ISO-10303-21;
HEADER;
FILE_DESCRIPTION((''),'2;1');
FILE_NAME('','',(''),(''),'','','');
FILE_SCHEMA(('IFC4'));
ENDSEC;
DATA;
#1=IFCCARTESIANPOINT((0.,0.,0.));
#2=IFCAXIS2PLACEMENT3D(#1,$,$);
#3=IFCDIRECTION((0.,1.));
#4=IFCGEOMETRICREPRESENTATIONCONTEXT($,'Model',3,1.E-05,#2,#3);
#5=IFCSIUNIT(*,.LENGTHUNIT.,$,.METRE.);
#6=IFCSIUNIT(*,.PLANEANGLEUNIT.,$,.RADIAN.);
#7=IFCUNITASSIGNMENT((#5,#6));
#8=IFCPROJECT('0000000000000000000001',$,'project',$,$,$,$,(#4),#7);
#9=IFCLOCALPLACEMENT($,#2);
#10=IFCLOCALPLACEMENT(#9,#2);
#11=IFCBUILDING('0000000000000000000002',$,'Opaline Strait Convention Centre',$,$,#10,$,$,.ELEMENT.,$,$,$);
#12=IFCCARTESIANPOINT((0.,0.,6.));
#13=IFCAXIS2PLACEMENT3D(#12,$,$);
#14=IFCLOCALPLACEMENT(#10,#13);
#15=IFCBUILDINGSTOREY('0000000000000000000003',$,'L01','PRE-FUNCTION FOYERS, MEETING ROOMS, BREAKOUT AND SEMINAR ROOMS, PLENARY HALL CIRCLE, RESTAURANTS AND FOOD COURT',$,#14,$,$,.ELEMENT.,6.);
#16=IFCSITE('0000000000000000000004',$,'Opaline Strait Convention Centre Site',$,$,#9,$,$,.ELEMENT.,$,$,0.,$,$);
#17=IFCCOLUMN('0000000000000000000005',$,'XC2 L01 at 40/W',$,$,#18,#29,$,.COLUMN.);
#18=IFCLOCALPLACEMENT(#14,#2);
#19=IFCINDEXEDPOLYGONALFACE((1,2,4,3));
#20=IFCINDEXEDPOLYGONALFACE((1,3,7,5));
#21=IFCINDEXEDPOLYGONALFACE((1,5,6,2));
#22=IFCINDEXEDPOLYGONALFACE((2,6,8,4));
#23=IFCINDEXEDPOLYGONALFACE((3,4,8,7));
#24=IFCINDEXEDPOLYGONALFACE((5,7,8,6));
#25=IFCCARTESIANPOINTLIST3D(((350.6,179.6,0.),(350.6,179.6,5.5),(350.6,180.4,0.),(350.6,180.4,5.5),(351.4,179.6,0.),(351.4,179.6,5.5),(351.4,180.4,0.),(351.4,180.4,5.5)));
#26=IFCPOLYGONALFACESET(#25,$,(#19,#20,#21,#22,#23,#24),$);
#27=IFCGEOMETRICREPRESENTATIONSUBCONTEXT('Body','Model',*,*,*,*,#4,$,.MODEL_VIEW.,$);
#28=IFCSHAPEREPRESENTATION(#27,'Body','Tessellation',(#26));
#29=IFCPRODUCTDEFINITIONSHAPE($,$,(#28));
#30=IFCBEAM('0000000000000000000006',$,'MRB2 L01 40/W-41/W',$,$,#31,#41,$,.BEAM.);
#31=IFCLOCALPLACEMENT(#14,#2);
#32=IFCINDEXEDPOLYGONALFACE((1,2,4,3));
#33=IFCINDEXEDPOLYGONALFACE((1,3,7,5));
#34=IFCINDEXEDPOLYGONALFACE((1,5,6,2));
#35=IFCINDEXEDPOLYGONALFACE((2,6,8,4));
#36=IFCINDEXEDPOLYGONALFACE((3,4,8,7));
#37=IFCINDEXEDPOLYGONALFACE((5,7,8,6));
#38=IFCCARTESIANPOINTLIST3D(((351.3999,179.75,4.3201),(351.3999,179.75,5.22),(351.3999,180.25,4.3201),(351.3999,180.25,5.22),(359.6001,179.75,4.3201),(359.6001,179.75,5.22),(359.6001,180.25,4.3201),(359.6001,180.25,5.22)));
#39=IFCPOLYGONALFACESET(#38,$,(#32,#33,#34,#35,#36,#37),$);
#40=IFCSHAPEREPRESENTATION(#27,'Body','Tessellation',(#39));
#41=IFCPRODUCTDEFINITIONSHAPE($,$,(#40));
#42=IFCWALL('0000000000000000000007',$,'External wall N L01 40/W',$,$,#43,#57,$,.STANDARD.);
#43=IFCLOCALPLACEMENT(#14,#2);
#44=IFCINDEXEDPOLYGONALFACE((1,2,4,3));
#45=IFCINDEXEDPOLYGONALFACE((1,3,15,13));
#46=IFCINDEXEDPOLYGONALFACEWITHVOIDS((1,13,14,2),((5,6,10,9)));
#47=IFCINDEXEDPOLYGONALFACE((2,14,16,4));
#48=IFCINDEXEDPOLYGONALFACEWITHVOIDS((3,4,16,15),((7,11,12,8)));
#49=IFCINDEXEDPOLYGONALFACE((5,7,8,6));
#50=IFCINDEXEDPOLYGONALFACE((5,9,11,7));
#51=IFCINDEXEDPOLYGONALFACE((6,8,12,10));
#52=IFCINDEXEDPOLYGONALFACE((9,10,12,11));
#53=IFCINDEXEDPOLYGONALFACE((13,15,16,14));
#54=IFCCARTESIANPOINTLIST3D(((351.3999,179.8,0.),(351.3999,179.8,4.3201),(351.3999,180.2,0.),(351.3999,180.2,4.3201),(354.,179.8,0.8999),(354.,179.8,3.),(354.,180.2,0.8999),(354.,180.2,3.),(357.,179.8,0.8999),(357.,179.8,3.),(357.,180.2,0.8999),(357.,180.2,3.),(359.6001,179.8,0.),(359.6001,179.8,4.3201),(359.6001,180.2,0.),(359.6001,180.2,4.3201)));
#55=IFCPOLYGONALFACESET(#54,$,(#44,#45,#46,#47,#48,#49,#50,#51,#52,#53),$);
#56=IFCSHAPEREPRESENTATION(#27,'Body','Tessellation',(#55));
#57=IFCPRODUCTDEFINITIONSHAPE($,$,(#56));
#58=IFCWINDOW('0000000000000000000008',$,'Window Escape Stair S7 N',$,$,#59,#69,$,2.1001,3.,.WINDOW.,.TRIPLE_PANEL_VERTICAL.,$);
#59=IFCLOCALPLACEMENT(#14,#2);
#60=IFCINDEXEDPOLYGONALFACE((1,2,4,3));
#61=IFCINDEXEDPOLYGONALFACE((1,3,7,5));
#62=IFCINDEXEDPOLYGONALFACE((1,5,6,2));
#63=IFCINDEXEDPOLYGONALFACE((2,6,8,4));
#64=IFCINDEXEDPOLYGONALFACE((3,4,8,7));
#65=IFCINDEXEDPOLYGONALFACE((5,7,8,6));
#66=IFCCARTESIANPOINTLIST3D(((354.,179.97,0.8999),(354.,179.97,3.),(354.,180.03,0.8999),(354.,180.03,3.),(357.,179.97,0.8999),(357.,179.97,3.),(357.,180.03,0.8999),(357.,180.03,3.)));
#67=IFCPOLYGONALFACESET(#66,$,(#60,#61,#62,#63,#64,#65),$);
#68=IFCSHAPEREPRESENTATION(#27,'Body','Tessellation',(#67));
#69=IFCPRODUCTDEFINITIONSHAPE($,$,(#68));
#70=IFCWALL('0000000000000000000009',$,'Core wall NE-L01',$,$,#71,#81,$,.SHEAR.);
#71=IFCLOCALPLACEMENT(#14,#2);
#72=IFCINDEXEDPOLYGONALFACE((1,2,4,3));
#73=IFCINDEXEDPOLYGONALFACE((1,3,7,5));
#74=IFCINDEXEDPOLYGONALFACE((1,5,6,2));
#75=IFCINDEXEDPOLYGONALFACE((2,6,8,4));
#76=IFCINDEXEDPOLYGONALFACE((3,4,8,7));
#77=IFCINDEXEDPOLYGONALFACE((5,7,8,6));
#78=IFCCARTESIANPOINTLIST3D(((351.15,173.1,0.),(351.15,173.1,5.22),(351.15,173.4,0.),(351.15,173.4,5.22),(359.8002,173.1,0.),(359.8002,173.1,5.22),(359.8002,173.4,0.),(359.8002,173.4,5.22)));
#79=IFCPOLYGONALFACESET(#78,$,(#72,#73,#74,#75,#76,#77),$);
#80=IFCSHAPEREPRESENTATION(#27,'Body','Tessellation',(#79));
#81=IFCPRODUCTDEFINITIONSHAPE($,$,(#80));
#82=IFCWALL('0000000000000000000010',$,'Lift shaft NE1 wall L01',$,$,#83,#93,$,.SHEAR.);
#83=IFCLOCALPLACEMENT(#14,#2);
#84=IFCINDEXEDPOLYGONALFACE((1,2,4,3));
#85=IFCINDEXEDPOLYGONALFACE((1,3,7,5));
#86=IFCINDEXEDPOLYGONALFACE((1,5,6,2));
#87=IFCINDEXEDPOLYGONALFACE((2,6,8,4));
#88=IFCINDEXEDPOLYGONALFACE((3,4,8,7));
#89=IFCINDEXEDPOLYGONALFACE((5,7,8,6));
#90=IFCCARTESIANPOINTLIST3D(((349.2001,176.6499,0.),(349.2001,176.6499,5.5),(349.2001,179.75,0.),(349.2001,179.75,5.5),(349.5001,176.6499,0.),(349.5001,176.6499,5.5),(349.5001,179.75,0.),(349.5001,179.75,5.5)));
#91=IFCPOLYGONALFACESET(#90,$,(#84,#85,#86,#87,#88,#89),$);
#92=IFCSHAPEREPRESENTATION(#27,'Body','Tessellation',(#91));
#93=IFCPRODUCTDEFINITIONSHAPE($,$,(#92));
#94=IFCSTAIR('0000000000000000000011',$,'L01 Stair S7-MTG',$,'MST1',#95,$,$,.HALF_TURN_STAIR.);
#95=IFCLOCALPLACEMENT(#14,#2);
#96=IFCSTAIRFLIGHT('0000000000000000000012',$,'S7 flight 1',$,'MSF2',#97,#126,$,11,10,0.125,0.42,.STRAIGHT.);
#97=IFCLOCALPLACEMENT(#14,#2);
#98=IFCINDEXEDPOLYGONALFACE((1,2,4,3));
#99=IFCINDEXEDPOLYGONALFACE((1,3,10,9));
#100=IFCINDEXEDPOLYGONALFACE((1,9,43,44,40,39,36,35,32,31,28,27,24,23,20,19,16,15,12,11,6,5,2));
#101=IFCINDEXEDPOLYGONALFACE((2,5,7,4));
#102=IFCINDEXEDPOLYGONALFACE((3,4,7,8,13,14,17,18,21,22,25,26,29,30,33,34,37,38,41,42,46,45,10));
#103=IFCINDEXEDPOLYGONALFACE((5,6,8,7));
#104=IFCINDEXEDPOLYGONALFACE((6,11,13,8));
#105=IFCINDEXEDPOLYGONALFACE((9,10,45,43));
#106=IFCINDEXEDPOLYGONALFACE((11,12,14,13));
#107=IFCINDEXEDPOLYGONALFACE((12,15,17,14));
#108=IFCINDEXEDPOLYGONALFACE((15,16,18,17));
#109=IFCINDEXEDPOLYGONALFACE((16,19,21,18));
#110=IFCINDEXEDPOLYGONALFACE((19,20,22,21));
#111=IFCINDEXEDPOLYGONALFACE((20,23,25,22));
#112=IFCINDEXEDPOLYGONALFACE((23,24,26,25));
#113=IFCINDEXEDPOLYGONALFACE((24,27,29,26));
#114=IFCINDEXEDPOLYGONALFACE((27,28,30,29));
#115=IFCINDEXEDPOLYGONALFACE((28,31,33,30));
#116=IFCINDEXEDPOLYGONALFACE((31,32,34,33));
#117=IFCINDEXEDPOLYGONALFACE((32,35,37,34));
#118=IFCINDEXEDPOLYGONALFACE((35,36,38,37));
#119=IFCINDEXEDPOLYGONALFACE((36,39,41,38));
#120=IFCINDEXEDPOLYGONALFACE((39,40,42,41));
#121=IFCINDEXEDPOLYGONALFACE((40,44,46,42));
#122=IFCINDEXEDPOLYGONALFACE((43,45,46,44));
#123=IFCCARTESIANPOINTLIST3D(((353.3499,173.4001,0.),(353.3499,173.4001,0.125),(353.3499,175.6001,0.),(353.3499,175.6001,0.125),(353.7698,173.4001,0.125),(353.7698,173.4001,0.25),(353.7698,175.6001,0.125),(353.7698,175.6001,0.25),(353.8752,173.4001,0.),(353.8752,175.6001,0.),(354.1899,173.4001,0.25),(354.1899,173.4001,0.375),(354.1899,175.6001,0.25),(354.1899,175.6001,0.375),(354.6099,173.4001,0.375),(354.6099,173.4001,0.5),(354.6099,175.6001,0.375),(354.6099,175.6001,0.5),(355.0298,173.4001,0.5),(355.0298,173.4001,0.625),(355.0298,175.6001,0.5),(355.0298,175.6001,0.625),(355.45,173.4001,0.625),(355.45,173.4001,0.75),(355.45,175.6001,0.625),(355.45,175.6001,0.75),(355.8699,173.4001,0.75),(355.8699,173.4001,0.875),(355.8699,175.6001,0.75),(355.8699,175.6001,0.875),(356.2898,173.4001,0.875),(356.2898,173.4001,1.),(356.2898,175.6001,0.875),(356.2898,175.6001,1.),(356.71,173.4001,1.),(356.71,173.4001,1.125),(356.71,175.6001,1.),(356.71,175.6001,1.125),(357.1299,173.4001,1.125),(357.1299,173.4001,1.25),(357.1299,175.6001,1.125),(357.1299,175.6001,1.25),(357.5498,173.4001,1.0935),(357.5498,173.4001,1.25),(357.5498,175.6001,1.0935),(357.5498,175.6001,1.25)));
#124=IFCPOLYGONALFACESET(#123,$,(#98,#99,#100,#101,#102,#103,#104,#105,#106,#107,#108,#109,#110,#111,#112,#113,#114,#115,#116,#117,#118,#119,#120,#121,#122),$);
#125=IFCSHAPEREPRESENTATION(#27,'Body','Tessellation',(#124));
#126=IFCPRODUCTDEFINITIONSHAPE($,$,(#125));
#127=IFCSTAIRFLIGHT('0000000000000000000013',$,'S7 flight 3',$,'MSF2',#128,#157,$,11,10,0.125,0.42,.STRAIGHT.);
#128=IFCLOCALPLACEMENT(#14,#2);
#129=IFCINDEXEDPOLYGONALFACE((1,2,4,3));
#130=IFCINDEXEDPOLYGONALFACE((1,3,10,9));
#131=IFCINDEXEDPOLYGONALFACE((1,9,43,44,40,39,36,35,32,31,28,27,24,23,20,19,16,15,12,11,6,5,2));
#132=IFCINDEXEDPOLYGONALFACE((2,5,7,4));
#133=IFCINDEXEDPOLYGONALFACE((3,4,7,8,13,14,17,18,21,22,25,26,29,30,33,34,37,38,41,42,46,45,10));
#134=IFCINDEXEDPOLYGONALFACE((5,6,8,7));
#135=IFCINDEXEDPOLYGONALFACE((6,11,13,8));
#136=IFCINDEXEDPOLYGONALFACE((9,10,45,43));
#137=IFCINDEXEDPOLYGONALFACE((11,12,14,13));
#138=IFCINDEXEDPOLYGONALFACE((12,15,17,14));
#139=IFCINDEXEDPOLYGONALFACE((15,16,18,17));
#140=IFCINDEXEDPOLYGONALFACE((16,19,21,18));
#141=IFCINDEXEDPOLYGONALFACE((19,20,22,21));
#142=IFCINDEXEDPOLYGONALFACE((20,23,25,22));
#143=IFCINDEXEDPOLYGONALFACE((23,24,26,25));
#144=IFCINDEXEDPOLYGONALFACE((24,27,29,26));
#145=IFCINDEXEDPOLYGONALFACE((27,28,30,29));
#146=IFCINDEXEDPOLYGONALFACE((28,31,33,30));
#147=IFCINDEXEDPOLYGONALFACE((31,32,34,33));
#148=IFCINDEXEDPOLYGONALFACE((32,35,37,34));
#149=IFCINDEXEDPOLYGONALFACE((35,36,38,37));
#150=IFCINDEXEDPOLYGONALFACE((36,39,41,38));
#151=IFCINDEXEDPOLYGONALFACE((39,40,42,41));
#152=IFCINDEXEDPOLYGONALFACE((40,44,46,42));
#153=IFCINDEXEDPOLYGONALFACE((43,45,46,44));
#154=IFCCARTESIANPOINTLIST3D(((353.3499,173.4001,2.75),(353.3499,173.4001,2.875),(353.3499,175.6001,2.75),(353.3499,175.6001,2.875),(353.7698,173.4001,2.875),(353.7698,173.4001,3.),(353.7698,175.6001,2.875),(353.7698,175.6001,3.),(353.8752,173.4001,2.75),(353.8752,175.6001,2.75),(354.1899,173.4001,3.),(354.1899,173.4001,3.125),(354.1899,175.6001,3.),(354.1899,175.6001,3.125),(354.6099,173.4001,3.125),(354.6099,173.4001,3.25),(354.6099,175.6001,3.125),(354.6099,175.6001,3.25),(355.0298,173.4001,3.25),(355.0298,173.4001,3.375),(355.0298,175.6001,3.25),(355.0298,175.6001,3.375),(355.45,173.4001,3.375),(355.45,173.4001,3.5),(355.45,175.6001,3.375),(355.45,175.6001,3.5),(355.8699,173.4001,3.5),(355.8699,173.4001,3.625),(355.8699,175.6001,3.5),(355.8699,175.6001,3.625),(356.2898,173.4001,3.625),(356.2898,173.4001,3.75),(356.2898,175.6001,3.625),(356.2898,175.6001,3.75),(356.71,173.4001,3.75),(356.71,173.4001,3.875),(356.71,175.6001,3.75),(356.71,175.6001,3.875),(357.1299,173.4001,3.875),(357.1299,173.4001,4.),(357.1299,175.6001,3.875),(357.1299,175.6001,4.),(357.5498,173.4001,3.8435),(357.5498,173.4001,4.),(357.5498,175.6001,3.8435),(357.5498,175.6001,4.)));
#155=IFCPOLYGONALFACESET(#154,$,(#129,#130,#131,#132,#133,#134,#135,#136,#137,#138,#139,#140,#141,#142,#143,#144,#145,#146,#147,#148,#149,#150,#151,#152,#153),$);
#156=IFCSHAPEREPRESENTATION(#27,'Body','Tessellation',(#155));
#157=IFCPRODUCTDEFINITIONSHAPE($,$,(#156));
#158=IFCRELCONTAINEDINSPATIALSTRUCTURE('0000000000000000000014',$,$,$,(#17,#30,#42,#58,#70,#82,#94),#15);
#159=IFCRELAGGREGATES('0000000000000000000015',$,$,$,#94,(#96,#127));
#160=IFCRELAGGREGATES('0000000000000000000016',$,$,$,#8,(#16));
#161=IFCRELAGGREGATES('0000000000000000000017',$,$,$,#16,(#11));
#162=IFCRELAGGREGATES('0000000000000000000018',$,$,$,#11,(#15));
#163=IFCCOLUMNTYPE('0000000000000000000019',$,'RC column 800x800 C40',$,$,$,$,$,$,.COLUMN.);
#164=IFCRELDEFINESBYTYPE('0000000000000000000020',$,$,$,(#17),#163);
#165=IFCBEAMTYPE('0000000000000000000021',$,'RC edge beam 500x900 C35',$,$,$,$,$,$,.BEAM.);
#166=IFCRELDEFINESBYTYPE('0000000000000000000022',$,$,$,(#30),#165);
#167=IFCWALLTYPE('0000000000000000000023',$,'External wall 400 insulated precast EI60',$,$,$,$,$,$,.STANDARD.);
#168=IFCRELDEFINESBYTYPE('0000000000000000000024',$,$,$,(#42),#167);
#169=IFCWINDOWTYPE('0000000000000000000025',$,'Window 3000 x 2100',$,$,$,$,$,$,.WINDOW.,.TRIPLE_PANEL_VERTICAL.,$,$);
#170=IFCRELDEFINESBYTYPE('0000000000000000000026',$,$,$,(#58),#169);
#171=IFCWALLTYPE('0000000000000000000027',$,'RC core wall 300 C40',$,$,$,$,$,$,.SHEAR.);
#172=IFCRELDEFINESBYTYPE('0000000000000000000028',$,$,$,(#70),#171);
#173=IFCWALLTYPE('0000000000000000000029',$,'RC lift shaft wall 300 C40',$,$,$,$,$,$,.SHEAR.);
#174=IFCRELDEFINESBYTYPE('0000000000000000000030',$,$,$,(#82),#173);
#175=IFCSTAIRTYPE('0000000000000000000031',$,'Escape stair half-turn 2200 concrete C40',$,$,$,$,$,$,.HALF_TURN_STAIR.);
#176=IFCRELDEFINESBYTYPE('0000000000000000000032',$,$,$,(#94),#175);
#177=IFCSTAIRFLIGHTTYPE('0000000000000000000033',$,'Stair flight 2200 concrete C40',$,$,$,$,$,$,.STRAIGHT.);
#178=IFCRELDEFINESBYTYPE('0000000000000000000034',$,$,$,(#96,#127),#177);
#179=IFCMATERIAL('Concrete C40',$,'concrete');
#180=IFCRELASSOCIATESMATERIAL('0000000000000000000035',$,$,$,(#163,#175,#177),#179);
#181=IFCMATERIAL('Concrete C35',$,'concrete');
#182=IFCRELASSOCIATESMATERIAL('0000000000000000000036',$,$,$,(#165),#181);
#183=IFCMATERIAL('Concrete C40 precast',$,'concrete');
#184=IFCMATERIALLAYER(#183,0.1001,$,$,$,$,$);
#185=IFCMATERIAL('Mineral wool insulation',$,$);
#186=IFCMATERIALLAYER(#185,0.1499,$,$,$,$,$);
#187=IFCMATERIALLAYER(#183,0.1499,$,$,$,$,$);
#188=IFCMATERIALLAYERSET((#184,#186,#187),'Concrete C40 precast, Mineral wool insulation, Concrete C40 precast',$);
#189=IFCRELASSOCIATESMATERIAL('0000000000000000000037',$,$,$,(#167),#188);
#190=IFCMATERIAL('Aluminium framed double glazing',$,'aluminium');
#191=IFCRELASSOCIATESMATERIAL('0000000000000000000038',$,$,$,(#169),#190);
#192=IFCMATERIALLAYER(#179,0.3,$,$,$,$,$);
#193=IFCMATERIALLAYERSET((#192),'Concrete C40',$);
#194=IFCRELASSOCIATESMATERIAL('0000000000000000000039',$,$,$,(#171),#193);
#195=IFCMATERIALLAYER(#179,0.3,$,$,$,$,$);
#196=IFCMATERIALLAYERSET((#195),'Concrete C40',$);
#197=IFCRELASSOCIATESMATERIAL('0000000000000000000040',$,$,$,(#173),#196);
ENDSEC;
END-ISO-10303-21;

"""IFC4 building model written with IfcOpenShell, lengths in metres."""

from ifc_helpers import new_model, si_unit, direction, frame, frame_2d, origin, origin_2d, place, context, subcontext, project, spatial, polyline, rectangle, outline, extrude, material, layer, layer_set, material_profile, profile_set, type_object, element, fill, aggregate, save


model = new_model("IFC4")

# Units and contexts
model_context = context("Model", 3, precision=1e-05, world=origin(), true_north=direction((0.0, 1.0)))
body_context = subcontext(model_context, "Body", "Model", "MODEL_VIEW")
ifc_project = project(units=[si_unit("LENGTHUNIT", "METRE"), si_unit("PLANEANGLEUNIT", "RADIAN")], contexts=[model_context])

# Site, building, storey
site_placement = place(None, origin())
site = spatial("IfcSite", under=ifc_project, at=site_placement, Name="Opaline Strait Convention Centre Site", CompositionType="ELEMENT", RefElevation=0.0)
building_placement = place(site_placement, origin())
building = spatial("IfcBuilding", under=site, at=building_placement, Name="Opaline Strait Convention Centre", CompositionType="ELEMENT")
storey_placement = place(building_placement, frame((0.0, 0.0, 6.0)))
storey = spatial("IfcBuildingStorey", under=building, at=storey_placement, Name="L01", Description="PRE-FUNCTION FOYERS, MEETING ROOMS, BREAKOUT AND SEMINAR ROOMS, PLENARY HALL CIRCLE, RESTAURANTS AND FOOD COURT", CompositionType="ELEMENT", Elevation=6.0)

# Column
ifc_material_1 = material(Name="Concrete C40", Category="concrete")
ifc_material_profile_1 = material_profile(ifc_material_1, rectangle(XDim=0.8, YDim=0.8, at=origin_2d()), Name="RC 800x800")
ifc_profile_set_1 = profile_set([ifc_material_profile_1], Name="Concrete C40")
column_type = type_object("IfcColumnType", Name="RC column 800x800 C40", PredefinedType="COLUMN", material=ifc_profile_set_1)
column_placement = place(storey_placement, frame((351.0, 180.0, 0.0), z_axis=(0.0, 0.0, 1.0), x_axis=(1.0, 0.0, 0.0)))
element("IfcColumn", 1, at=column_placement, inside=storey, type_object=column_type, Name="XC2 L01 at 40/W", PredefinedType="COLUMN", context=body_context, shape_type="SweptSolid", body=[
    extrude(rectangle(XDim=0.8, YDim=0.8, at=origin_2d()), origin(), (0.0, 0.0, 1.0), 5.5),
])

# Beam
ifc_material_2 = material(Name="Concrete C35", Category="concrete")
ifc_material_profile_2 = material_profile(ifc_material_2, rectangle(XDim=0.5, YDim=0.8999, at=origin_2d()), Name="RC 500x900")
ifc_profile_set_2 = profile_set([ifc_material_profile_2], Name="Concrete C35")
beam_type = type_object("IfcBeamType", Name="RC edge beam 500x900 C35", PredefinedType="BEAM", material=ifc_profile_set_2)
beam_placement = place(storey_placement, frame((351.3999, 180.0, 4.77), z_axis=(1.0, 0.0, 0.0), x_axis=(0.0, 1.0, 0.0)))
element("IfcBeam", 2, at=beam_placement, inside=storey, type_object=beam_type, Name="MRB2 L01 40/W-41/W", PredefinedType="BEAM", context=body_context, shape_type="SweptSolid", body=[
    extrude(rectangle(XDim=0.5, YDim=0.8999, at=origin_2d()), origin(), (0.0, 0.0, 1.0), 8.2002),
])

# Wall, opening, window
ifc_material_3 = material(Name="Concrete C40 precast", Category="concrete")
ifc_layer_1 = layer(ifc_material_3, 0.1001)
ifc_material_4 = material(Name="Mineral wool insulation")
ifc_layer_2 = layer(ifc_material_4, 0.1499)
ifc_layer_3 = layer(ifc_material_3, 0.1499)
ifc_layer_set_1 = layer_set([ifc_layer_1, ifc_layer_2, ifc_layer_3], Name="Concrete C40 precast, Mineral wool insulation, Concrete C40 precast")
wall_type_1 = type_object("IfcWallType", Name="External wall 400 insulated precast EI60", PredefinedType="STANDARD", material=ifc_layer_set_1)
wall_1_placement = place(storey_placement, frame((351.3999, 180.0, 0.0), z_axis=(0.0, 0.0, 1.0), x_axis=(1.0, 0.0, 0.0)))
wall_1 = element("IfcWall", 3, at=wall_1_placement, inside=storey, type_object=wall_type_1, Name="External wall N L01 40/W", PredefinedType="STANDARD", context=body_context, shape_type="SweptSolid", body=[
    extrude(rectangle(XDim=8.2002, YDim=0.3999, at=frame_2d((4.1001, 0.0))), origin(), (0.0, 0.0, 1.0), 4.3201),
])
opening_1_placement = place(wall_1_placement, frame((2.6001, 0.0, 0.8999)))
opening_1 = element("IfcOpeningElement", 4, at=opening_1_placement, cuts=wall_1, PredefinedType="OPENING", context=body_context, shape_type="SweptSolid", body=[
    extrude(rectangle(XDim=3.0, YDim=2.1001, at=frame_2d((1.5, 1.05))), frame((0.0, 0.21, 0.0), z_axis=(0.0, -1.0, 0.0), x_axis=(1.0, 0.0, 0.0)), (0.0, 0.0, 1.0), 0.4199),
])
ifc_material_5 = material(Name="Aluminium framed double glazing", Category="aluminium")
window_type = type_object("IfcWindowType", Name="Window 3000 x 2100", PartitioningType="TRIPLE_PANEL_VERTICAL", PredefinedType="WINDOW", material=ifc_material_5)
window_placement = place(opening_1_placement, origin())
window = element("IfcWindow", 5, at=window_placement, inside=storey, type_object=window_type, Name="Window Escape Stair S7 N", OverallHeight=2.1001, OverallWidth=3.0, PartitioningType="TRIPLE_PANEL_VERTICAL", PredefinedType="WINDOW", context=body_context, shape_type="SweptSolid", body=[
    extrude(rectangle(XDim=3.0, YDim=2.1001, at=frame_2d((1.5, 1.05))), frame((0.0, 0.03, 0.0), z_axis=(0.0, -1.0, 0.0), x_axis=(1.0, 0.0, 0.0)), (0.0, 0.0, 1.0), 0.0601),
])
fill(opening_1, window)

# Shared definitions
ifc_layer_4 = layer(ifc_material_1, 0.3)
ifc_layer_set_2 = layer_set([ifc_layer_4], Name="Concrete C40")
wall_type_2 = type_object("IfcWallType", Name="RC core wall 300 C40", PredefinedType="SHEAR", material=ifc_layer_set_2)

# Walls
wall_2_placement = place(storey_placement, frame((351.1499, 173.25, 0.0), z_axis=(0.0, 0.0, 1.0), x_axis=(1.0, 0.0, 0.0)))
element("IfcWall", 6, at=wall_2_placement, inside=storey, type_object=wall_type_2, Name="Core wall NE-L01", PredefinedType="SHEAR", context=body_context, shape_type="SweptSolid", body=[
    extrude(rectangle(XDim=8.6501, YDim=0.3, at=frame_2d((4.3252, 0.0))), origin(), (0.0, 0.0, 1.0), 5.22),
])
ifc_layer_5 = layer(ifc_material_1, 0.3)
ifc_layer_set_3 = layer_set([ifc_layer_5], Name="Concrete C40")
wall_type_3 = type_object("IfcWallType", Name="RC lift shaft wall 300 C40", PredefinedType="SHEAR", material=ifc_layer_set_3)
wall_3_placement = place(storey_placement, frame((349.3501, 176.6499, 0.0), z_axis=(0.0, 0.0, 1.0), x_axis=(0.0, 1.0, 0.0)))
element("IfcWall", 7, at=wall_3_placement, inside=storey, type_object=wall_type_3, Name="Lift shaft NE1 wall L01", PredefinedType="SHEAR", context=body_context, shape_type="SweptSolid", body=[
    extrude(rectangle(XDim=3.1001, YDim=0.3, at=frame_2d((1.55, 0.0))), origin(), (0.0, 0.0, 1.0), 5.5),
])

# Stair, stair flights
stair_type = type_object("IfcStairType", Name="Escape stair half-turn 2200 concrete C40", PredefinedType="HALF_TURN_STAIR", material=ifc_material_1)
stair_placement = place(storey_placement, origin())
stair = element("IfcStair", 8, at=stair_placement, inside=storey, type_object=stair_type, Name="L01 Stair S7-MTG", ObjectType="MST1", PredefinedType="HALF_TURN_STAIR")
stair_flight_type = type_object("IfcStairFlightType", Name="Stair flight 2200 concrete C40", PredefinedType="STRAIGHT", material=ifc_material_1)
stair_flight_1_placement = place(storey_placement, frame((353.3499, 174.5, 0.0), z_axis=(0.0, 0.0, 1.0), x_axis=(1.0, 0.0, 0.0)))
stair_flight_1 = element("IfcStairFlight", 9, at=stair_flight_1_placement, type_object=stair_flight_type, Name="S7 flight 1", ObjectType="MSF2", NumberOfRisers=11, NumberOfTreads=10, PredefinedType="STRAIGHT", RiserHeight=0.125, TreadLength=0.42, context=body_context, shape_type="SweptSolid", body=[
    extrude(outline(polyline([(0.0, 0.0), (0.0, 0.125), (0.4199, 0.125), (0.4199, 0.25), (0.8401, 0.25), (0.8401, 0.375), (1.26, 0.375), (1.26, 0.5), (1.6799, 0.5), (1.6799, 0.625), (2.1001, 0.625), (2.1001, 0.75), (2.52, 0.75), (2.52, 0.875), (2.9399, 0.875), (2.9399, 1.0), (3.3601, 1.0), (3.3601, 1.125), (3.78, 1.125), (3.78, 1.25), (4.2, 1.25), (4.2, 1.375), (4.2, 1.0935), (0.5254, 0.0), (0.0, 0.0)])), frame((0.0, 1.1001, 0.0), z_axis=(0.0, -1.0, 0.0), x_axis=(1.0, 0.0, 0.0)), (0.0, 0.0, 1.0), 2.2),
])
stair_flight_2_placement = place(storey_placement, frame((353.3499, 174.5, 2.75), z_axis=(0.0, 0.0, 1.0), x_axis=(1.0, 0.0, 0.0)))
stair_flight_2 = element("IfcStairFlight", 10, at=stair_flight_2_placement, type_object=stair_flight_type, Name="S7 flight 3", ObjectType="MSF2", NumberOfRisers=11, NumberOfTreads=10, PredefinedType="STRAIGHT", RiserHeight=0.125, TreadLength=0.42, context=body_context, shape_type="SweptSolid", body=[
    extrude(outline(polyline([(0.0, 0.0), (0.0, 0.125), (0.4199, 0.125), (0.4199, 0.25), (0.8401, 0.25), (0.8401, 0.375), (1.26, 0.375), (1.26, 0.5), (1.6799, 0.5), (1.6799, 0.625), (2.1001, 0.625), (2.1001, 0.75), (2.52, 0.75), (2.52, 0.875), (2.9399, 0.875), (2.9399, 1.0), (3.3601, 1.0), (3.3601, 1.125), (3.78, 1.125), (3.78, 1.25), (4.2, 1.25), (4.2, 1.375), (4.2, 1.0935), (0.5254, 0.0), (0.0, 0.0)])), frame((0.0, 1.1001, 0.0), z_axis=(0.0, -1.0, 0.0), x_axis=(1.0, 0.0, 0.0)), (0.0, 0.0, 1.0), 2.2),
])
aggregate(stair, [stair_flight_1, stair_flight_2])

save(model, "model.ifc")
